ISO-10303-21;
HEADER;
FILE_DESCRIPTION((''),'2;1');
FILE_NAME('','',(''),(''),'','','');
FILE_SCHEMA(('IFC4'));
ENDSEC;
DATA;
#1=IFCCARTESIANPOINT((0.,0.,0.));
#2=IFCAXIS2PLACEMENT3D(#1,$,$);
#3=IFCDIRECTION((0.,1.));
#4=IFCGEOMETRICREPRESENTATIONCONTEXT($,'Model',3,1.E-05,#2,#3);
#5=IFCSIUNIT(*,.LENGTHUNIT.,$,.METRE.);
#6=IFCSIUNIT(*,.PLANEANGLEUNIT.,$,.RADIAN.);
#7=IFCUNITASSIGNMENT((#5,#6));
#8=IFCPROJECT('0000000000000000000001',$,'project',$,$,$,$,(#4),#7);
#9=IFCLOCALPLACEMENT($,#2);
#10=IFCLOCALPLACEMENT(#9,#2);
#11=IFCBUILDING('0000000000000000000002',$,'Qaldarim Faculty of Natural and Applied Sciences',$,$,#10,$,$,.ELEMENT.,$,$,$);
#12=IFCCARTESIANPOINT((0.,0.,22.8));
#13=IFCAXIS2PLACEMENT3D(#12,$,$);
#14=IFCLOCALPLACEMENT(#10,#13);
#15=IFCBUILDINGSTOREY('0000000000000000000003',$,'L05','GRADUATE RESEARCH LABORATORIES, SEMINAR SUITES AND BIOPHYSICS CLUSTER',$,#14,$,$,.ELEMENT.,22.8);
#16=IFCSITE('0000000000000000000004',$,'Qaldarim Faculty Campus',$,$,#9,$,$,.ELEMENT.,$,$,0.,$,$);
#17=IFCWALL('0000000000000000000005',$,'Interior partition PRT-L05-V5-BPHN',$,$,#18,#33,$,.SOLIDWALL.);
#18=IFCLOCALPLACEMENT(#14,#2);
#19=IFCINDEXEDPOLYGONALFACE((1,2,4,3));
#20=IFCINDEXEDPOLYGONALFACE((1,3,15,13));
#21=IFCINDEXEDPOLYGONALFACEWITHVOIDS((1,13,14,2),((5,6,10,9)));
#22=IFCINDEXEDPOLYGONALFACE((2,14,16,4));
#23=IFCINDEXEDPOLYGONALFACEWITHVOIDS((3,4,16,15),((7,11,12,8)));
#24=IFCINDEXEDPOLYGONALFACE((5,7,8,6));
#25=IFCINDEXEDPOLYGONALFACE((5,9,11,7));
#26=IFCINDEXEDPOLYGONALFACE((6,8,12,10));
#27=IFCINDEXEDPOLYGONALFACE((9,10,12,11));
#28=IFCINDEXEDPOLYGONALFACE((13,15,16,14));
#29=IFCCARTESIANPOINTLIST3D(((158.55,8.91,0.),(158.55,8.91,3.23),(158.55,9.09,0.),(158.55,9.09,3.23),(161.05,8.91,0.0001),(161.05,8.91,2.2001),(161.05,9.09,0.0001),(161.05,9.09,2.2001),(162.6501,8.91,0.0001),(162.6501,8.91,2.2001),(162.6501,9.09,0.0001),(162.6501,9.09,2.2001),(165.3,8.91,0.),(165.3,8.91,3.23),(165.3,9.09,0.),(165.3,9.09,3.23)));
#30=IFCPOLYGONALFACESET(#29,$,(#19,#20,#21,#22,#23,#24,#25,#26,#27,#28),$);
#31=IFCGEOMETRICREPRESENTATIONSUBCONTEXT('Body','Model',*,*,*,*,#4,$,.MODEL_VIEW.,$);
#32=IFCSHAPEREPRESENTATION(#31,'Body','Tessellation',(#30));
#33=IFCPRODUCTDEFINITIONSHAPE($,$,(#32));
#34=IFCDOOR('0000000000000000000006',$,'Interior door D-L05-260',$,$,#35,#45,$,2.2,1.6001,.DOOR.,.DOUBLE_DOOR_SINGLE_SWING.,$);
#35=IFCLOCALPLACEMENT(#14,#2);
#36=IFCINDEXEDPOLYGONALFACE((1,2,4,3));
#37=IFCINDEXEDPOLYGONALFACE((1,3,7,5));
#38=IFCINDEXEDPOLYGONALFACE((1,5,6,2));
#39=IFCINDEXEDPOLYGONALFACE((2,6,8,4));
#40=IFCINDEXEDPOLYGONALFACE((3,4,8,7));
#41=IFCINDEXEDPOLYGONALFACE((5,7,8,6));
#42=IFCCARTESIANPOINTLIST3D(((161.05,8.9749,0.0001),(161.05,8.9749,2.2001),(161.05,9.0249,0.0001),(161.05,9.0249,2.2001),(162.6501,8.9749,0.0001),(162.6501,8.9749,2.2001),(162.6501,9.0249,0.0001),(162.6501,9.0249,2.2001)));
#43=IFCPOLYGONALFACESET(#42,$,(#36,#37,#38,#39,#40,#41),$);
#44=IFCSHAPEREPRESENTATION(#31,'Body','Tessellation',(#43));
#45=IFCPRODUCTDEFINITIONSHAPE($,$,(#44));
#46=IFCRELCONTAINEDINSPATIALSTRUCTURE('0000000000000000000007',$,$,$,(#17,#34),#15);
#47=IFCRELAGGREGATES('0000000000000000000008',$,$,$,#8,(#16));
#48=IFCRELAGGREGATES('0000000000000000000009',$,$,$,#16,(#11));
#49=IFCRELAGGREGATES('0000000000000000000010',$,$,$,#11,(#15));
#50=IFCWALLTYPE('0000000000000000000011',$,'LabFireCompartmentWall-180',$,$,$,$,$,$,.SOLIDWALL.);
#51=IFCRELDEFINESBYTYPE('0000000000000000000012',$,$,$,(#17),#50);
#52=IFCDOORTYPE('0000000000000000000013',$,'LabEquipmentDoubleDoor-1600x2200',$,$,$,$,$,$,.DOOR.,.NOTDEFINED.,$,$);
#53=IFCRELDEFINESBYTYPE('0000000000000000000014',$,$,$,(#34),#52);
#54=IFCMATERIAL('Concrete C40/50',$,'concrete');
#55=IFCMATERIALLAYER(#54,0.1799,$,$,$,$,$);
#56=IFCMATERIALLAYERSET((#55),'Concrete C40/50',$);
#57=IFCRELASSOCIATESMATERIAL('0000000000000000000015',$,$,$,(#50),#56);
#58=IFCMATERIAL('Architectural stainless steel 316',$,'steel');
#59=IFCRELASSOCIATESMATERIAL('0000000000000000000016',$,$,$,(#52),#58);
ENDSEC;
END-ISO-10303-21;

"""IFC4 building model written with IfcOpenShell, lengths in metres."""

from ifc_helpers import new_model, si_unit, direction, frame, frame_2d, origin, place, context, subcontext, project, spatial, rectangle, extrude, material, layer, layer_set, type_object, element, fill, save


model = new_model("IFC4")

# Units and contexts
model_context = context("Model", 3, precision=1e-05, world=origin(), true_north=direction((0.0, 1.0)))
body_context = subcontext(model_context, "Body", "Model", "MODEL_VIEW")
ifc_project = project(units=[si_unit("LENGTHUNIT", "METRE"), si_unit("PLANEANGLEUNIT", "RADIAN")], contexts=[model_context])

# Site, building, storey
site_placement = place(None, origin())
site = spatial("IfcSite", under=ifc_project, at=site_placement, Name="Qaldarim Faculty Campus", CompositionType="ELEMENT", RefElevation=0.0)
building_placement = place(site_placement, origin())
building = spatial("IfcBuilding", under=site, at=building_placement, Name="Qaldarim Faculty of Natural and Applied Sciences", CompositionType="ELEMENT")
storey_placement = place(building_placement, frame((0.0, 0.0, 22.8)))
storey = spatial("IfcBuildingStorey", under=building, at=storey_placement, Name="L05", Description="GRADUATE RESEARCH LABORATORIES, SEMINAR SUITES AND BIOPHYSICS CLUSTER", CompositionType="ELEMENT", Elevation=22.8)

# Shared definitions
ifc_material_1 = material(Name="Concrete C40/50", Category="concrete")

# Wall, opening, door
ifc_layer_1 = layer(ifc_material_1, 0.1799)
ifc_layer_set_1 = layer_set([ifc_layer_1], Name="Concrete C40/50")
wall_type_1 = type_object("IfcWallType", Name="LabFireCompartmentWall-180", PredefinedType="SOLIDWALL", material=ifc_layer_set_1)
wall_1_placement = place(storey_placement, frame((158.55, 9.0, 0.0), z_axis=(0.0, 0.0, 1.0), x_axis=(1.0, 0.0, 0.0)))
wall_1 = element("IfcWall", 1, at=wall_1_placement, inside=storey, type_object=wall_type_1, Name="Interior partition PRT-L05-V5-BPHN", PredefinedType="SOLIDWALL", context=body_context, shape_type="SweptSolid", body=[
    extrude(rectangle(XDim=6.75, YDim=0.1799, at=frame_2d((3.375, 0.0))), origin(), (0.0, 0.0, 1.0), 3.23),
])
opening_1_placement = place(wall_1_placement, frame((2.5, 0.0, 0.0)))
opening_1 = element("IfcOpeningElement", 2, at=opening_1_placement, cuts=wall_1, PredefinedType="OPENING", context=body_context, shape_type="SweptSolid", body=[
    extrude(rectangle(XDim=1.6001, YDim=2.2, at=frame_2d((0.8, 1.1001))), frame((0.0, 0.0999, 0.0), z_axis=(0.0, -1.0, 0.0), x_axis=(1.0, 0.0, 0.0)), (0.0, 0.0, 1.0), 0.2),
])
ifc_material_2 = material(Name="Architectural stainless steel 316", Category="steel")
door_type_1 = type_object("IfcDoorType", Name="LabEquipmentDoubleDoor-1600x2200", OperationType="NOTDEFINED", PredefinedType="DOOR", material=ifc_material_2)
door_1_placement = place(opening_1_placement, origin())
door_1 = element("IfcDoor", 3, at=door_1_placement, inside=storey, type_object=door_type_1, Name="Interior door D-L05-260", OperationType="DOUBLE_DOOR_SINGLE_SWING", OverallHeight=2.2, OverallWidth=1.6001, PredefinedType="DOOR", context=body_context, shape_type="SweptSolid", body=[
    extrude(rectangle(XDim=1.6001, YDim=2.2, at=frame_2d((0.8, 1.1001))), frame((0.0, 0.0249, 0.0), z_axis=(0.0, -1.0, 0.0), x_axis=(1.0, 0.0, 0.0)), (0.0, 0.0, 1.0), 0.05),
])
fill(opening_1, door_1)

save(model, "model.ifc")
